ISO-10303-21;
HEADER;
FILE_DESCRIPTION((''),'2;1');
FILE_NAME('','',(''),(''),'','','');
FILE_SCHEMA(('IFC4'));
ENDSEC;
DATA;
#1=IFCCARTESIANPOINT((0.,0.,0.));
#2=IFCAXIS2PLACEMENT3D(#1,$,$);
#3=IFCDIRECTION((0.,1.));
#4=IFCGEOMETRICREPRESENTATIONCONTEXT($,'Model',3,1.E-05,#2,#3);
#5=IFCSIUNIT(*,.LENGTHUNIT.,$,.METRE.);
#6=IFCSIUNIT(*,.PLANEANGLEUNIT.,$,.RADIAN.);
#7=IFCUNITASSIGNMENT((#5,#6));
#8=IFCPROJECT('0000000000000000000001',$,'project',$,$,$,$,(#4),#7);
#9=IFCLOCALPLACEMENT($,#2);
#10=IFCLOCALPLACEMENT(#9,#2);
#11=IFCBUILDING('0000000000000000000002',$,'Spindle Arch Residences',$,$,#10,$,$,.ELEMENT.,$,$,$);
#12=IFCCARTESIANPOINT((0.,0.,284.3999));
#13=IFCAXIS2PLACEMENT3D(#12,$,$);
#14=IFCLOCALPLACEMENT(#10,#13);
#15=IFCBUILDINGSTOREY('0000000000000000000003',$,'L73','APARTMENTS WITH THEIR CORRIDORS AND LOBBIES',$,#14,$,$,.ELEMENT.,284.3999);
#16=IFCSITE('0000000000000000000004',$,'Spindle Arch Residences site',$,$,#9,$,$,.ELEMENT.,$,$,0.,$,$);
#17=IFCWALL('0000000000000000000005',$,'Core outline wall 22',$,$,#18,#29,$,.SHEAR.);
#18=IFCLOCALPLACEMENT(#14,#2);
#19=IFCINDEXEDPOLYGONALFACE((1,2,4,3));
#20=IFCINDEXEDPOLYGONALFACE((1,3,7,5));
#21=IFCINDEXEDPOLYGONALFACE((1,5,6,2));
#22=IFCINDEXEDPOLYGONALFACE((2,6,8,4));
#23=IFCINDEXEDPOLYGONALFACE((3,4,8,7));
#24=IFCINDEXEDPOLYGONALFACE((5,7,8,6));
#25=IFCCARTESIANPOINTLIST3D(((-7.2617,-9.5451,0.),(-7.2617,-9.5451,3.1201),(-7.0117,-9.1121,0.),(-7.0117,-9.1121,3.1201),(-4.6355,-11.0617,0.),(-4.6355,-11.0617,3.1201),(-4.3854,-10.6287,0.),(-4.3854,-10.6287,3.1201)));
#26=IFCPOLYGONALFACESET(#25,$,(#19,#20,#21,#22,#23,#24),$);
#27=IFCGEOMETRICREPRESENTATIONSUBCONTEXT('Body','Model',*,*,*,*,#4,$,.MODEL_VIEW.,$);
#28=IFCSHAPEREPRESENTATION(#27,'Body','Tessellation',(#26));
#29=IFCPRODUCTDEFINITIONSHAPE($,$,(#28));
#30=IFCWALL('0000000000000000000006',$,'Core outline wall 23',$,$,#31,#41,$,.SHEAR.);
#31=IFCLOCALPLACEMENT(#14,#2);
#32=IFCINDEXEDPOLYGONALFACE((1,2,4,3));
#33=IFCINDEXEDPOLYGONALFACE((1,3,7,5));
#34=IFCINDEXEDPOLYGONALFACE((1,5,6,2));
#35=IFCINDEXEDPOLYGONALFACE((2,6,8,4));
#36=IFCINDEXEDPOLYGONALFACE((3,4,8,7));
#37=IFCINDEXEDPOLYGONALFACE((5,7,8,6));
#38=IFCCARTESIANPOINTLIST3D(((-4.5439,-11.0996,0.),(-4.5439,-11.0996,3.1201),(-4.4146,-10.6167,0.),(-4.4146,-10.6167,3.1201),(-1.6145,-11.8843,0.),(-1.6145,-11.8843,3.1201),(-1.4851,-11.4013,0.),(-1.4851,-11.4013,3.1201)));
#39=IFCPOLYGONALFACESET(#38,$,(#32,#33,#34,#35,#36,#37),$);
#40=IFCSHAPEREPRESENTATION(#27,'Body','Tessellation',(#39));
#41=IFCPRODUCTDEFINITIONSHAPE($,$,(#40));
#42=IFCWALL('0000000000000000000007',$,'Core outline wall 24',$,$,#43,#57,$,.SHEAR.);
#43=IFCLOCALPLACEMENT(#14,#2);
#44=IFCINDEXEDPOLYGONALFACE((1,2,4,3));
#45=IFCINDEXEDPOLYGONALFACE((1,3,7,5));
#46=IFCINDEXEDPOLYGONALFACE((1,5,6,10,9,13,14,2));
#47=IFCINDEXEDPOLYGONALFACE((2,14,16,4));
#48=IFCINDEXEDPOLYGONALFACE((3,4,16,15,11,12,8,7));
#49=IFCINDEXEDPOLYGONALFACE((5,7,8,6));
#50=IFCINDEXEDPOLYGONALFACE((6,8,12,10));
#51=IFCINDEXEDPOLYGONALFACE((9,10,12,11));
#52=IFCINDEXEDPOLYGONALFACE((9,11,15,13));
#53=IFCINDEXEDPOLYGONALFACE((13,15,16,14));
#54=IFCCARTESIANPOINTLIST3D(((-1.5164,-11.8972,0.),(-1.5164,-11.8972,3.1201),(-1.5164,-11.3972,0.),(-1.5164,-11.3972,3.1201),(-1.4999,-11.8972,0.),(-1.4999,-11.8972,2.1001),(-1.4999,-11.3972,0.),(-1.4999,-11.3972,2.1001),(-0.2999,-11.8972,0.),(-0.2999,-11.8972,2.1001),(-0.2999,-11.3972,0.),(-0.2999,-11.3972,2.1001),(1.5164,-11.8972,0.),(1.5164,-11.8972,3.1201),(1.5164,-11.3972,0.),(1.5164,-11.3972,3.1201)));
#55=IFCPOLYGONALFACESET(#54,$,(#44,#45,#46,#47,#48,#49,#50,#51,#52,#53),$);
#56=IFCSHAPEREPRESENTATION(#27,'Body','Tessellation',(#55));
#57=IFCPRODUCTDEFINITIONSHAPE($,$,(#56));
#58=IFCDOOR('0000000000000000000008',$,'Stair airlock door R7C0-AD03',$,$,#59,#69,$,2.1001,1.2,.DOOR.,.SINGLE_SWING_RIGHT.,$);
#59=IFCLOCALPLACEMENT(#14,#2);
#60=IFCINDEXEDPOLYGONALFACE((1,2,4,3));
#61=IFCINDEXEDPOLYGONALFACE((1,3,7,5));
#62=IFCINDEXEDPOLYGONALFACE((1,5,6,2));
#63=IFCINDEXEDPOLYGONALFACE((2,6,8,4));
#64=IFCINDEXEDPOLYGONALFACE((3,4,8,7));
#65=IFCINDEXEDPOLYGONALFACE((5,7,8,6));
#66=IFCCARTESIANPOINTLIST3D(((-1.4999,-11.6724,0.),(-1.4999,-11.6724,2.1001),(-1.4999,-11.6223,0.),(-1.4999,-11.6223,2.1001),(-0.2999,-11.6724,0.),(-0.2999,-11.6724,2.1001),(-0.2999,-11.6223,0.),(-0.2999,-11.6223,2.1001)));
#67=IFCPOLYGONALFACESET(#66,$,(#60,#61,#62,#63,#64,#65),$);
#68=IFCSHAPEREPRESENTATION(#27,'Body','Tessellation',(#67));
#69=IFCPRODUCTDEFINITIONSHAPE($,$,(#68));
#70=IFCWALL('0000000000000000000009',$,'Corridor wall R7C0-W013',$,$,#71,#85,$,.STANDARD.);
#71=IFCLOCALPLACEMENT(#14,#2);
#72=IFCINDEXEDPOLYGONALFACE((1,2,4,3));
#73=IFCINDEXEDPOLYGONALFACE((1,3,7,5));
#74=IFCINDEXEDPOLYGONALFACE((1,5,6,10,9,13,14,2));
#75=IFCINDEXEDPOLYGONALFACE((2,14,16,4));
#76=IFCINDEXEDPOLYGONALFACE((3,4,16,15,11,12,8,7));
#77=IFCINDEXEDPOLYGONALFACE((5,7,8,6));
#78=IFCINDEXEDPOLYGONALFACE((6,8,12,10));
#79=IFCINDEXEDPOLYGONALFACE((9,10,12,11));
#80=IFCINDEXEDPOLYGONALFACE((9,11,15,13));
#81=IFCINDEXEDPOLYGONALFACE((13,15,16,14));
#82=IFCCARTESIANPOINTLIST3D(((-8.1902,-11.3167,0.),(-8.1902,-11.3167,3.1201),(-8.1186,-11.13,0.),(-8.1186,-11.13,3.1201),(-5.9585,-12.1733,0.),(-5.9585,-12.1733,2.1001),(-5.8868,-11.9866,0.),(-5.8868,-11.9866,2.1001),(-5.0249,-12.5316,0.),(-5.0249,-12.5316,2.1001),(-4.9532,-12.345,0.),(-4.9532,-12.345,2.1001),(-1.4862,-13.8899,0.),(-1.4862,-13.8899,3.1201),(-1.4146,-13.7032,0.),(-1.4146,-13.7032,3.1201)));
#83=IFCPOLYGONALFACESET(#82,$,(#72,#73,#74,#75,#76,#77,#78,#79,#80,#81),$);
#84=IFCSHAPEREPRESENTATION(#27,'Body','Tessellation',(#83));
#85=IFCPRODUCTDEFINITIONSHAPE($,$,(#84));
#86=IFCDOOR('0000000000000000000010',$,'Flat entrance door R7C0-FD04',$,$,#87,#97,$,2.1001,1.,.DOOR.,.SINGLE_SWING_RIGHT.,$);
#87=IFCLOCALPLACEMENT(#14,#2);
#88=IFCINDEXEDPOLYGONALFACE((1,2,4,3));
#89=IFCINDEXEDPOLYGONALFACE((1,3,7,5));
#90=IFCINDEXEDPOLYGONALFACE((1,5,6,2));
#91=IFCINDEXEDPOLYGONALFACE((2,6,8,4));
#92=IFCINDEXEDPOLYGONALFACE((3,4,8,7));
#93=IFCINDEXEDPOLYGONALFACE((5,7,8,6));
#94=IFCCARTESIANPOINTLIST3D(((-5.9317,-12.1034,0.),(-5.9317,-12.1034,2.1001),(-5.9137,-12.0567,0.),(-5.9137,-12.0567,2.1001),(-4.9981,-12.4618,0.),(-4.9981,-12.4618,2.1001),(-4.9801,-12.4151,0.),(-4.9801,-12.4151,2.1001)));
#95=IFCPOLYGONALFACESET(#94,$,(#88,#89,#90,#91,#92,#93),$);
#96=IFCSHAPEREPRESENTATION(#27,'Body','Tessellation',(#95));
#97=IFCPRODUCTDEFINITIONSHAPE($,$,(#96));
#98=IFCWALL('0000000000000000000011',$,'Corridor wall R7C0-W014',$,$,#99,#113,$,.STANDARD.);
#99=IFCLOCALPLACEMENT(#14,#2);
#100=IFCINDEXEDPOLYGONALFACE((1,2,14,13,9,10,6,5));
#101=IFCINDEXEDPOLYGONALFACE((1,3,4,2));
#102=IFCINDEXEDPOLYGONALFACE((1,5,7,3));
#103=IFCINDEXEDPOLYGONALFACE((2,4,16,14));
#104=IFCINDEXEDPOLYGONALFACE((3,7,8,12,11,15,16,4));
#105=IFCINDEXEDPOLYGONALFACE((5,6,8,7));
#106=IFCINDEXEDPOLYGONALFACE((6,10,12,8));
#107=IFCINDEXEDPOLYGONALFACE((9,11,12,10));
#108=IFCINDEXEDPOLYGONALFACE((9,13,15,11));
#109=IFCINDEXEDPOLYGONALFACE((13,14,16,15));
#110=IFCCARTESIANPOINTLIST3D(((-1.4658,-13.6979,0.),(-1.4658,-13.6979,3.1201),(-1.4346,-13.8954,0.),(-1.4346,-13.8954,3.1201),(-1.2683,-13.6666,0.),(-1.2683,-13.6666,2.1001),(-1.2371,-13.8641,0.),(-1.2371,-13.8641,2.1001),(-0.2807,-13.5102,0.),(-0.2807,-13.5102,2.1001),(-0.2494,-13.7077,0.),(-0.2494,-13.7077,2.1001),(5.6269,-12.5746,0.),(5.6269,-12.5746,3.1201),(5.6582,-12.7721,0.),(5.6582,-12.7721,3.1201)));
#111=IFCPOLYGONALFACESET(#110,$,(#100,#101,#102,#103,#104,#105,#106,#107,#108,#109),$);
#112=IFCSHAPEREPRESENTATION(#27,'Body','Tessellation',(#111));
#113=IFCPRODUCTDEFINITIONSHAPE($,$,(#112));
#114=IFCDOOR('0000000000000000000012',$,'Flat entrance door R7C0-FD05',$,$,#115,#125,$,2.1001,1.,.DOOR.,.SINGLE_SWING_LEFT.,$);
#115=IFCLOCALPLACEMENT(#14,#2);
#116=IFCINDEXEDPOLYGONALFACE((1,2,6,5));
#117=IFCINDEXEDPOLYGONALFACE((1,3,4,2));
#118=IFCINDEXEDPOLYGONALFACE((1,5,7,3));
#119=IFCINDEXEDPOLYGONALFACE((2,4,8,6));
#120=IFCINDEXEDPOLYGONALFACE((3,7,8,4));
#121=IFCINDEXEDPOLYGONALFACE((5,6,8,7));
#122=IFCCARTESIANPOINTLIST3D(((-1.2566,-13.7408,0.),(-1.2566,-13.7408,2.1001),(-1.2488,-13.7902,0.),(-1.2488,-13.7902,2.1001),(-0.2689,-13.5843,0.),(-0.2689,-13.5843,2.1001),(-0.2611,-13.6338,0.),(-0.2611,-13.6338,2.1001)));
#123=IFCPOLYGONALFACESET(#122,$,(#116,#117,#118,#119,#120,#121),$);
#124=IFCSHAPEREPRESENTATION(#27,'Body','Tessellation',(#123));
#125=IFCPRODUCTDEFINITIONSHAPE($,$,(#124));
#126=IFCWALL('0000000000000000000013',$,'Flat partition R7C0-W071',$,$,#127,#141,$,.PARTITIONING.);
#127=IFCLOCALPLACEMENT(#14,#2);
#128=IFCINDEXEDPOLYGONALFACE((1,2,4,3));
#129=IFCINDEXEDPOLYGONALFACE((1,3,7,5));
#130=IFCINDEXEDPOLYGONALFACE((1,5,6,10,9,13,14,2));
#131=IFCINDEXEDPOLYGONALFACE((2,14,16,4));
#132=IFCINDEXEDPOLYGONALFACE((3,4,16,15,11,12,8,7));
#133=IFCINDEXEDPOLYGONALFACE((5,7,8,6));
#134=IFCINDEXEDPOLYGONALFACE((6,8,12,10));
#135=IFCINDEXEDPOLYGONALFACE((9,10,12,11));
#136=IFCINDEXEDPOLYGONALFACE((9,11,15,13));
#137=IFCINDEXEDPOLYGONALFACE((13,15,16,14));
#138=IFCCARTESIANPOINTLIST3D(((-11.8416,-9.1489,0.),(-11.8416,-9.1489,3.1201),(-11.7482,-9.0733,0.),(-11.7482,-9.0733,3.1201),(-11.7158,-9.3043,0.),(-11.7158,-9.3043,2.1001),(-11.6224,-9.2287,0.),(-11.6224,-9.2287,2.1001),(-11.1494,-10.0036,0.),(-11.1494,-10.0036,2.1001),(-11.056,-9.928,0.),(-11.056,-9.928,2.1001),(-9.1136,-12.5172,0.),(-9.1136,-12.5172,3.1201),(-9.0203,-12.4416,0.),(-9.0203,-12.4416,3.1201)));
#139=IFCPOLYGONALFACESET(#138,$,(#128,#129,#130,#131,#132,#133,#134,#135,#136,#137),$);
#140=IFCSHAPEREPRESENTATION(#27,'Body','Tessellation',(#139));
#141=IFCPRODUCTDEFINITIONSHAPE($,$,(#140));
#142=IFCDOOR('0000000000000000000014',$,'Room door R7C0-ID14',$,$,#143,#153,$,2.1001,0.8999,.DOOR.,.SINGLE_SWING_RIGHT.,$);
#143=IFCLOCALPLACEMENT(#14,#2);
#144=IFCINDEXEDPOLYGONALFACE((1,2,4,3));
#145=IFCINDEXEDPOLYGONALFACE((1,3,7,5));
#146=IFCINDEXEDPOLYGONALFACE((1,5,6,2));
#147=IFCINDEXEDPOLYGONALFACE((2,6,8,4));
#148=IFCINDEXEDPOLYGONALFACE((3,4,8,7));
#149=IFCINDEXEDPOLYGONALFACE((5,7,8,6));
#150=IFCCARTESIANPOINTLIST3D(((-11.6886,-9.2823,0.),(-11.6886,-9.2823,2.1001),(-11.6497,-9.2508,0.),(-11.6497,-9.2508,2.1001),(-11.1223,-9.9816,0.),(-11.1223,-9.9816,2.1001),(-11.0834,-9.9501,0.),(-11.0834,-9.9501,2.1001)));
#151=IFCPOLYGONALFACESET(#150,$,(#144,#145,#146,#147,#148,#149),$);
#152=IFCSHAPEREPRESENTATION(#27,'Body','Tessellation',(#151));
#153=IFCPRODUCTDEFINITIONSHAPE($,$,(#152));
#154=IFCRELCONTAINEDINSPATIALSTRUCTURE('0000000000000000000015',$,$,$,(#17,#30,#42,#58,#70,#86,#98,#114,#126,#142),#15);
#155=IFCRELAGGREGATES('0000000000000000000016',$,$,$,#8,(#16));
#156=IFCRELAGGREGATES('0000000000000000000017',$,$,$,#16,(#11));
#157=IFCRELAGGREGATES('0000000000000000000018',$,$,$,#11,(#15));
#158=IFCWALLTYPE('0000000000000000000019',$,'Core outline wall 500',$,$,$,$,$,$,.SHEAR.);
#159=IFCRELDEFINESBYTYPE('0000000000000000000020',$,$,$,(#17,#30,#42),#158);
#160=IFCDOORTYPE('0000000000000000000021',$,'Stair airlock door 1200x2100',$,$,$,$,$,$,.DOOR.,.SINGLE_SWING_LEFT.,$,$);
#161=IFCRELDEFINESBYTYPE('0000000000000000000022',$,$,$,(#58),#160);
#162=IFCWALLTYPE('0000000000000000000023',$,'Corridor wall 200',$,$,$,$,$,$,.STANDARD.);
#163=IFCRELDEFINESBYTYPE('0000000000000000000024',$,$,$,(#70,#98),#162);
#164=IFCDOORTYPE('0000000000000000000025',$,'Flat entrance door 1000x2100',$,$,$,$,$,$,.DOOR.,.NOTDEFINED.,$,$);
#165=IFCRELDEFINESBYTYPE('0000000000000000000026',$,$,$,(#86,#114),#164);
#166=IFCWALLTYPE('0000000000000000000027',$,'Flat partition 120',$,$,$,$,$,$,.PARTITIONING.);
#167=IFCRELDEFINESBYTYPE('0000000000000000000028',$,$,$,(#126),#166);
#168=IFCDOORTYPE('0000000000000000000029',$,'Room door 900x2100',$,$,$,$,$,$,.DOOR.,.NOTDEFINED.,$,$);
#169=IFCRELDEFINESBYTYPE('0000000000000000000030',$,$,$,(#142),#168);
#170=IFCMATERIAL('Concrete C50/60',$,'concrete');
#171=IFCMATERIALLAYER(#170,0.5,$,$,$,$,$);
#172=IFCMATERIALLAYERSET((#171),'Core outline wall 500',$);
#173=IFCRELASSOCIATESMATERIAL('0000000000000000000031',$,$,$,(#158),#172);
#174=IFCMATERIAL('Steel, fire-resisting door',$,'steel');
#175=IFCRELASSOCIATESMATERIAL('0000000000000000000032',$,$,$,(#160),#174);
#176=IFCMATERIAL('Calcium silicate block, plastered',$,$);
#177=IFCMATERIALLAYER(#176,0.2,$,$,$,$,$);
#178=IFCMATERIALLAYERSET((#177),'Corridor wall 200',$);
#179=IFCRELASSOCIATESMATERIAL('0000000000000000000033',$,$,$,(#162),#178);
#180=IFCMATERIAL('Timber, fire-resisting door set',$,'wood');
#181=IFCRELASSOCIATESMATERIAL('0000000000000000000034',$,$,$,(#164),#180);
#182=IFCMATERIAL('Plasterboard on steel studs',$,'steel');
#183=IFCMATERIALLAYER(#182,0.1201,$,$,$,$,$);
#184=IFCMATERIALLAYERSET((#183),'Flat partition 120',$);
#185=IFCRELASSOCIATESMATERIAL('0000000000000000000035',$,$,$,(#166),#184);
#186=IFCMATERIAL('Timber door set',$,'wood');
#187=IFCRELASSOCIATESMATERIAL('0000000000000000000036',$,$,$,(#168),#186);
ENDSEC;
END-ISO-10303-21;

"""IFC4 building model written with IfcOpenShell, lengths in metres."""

from ifc_helpers import new_model, si_unit, direction, frame, frame_2d, origin, place, context, subcontext, project, spatial, rectangle, extrude, material, layer, layer_set, type_object, element, fill, save


model = new_model("IFC4")

# Units and contexts
model_context = context("Model", 3, precision=1e-05, world=origin(), true_north=direction((0.0, 1.0)))
body_context = subcontext(model_context, "Body", "Model", "MODEL_VIEW")
ifc_project = project(units=[si_unit("LENGTHUNIT", "METRE"), si_unit("PLANEANGLEUNIT", "RADIAN")], contexts=[model_context])

# Site, building, storey
site_placement = place(None, origin())
site = spatial("IfcSite", under=ifc_project, at=site_placement, Name="Spindle Arch Residences site", CompositionType="ELEMENT", RefElevation=0.0)
building_placement = place(site_placement, origin())
building = spatial("IfcBuilding", under=site, at=building_placement, Name="Spindle Arch Residences", CompositionType="ELEMENT")
storey_placement = place(building_placement, frame((0.0, 0.0, 284.3999)))
storey = spatial("IfcBuildingStorey", under=building, at=storey_placement, Name="L73", Description="APARTMENTS WITH THEIR CORRIDORS AND LOBBIES", CompositionType="ELEMENT", Elevation=284.3999)

# Walls
ifc_material_1 = material(Name="Concrete C50/60", Category="concrete")
ifc_layer_1 = layer(ifc_material_1, 0.5)
ifc_layer_set_1 = layer_set([ifc_layer_1], Name="Core outline wall 500")
wall_type_1 = type_object("IfcWallType", Name="Core outline wall 500", PredefinedType="SHEAR", material=ifc_layer_set_1)
for number, where, z_axis, x_axis, name in (
    (1, (-7.1367, -9.3286, 0.0), (0.0, 0.0, 1.0), (0.865975, -0.500087, 0.0), "Core outline wall 22"),
    (2, (-4.4792, -10.8582, 0.0), (0.0, 0.0, 1.0), (0.965948, -0.258735, 0.0), "Core outline wall 23"),
):
    element("IfcWall", number, at=place(storey_placement, frame(where, z_axis=z_axis, x_axis=x_axis)), inside=storey, type_object=wall_type_1, Name=name, PredefinedType="SHEAR", context=body_context, shape_type="SweptSolid", body=[
        extrude(rectangle(XDim=3.0327, YDim=0.5, at=frame_2d((1.5164, 0.0))), origin(), (0.0, 0.0, 1.0), 3.1201),
    ])

# Walls, openings, doors
wall_1_placement = place(storey_placement, frame((-1.5164, -11.6472, 0.0), z_axis=(0.0, 0.0, 1.0), x_axis=(1.0, 0.0, 0.0)))
wall_1 = element("IfcWall", 3, at=wall_1_placement, inside=storey, type_object=wall_type_1, Name="Core outline wall 24", PredefinedType="SHEAR", context=body_context, shape_type="SweptSolid", body=[
    extrude(rectangle(XDim=3.0327, YDim=0.5, at=frame_2d((1.5164, 0.0))), origin(), (0.0, 0.0, 1.0), 3.1201),
])
opening_1_placement = place(wall_1_placement, frame((0.0164, 0.0, 0.0)))
opening_1 = element("IfcOpeningElement", 4, at=opening_1_placement, cuts=wall_1, PredefinedType="OPENING", context=body_context, shape_type="SweptSolid", body=[
    extrude(rectangle(XDim=1.2, YDim=2.1001, at=frame_2d((0.6001, 1.05))), frame((0.0, 0.26, 0.0), z_axis=(0.0, -1.0, 0.0), x_axis=(1.0, 0.0, 0.0)), (0.0, 0.0, 1.0), 0.52),
])
ifc_material_2 = material(Name="Steel, fire-resisting door", Category="steel")
door_type_1 = type_object("IfcDoorType", Name="Stair airlock door 1200x2100", OperationType="SINGLE_SWING_LEFT", PredefinedType="DOOR", material=ifc_material_2)
door_1_placement = place(opening_1_placement, origin())
door_1 = element("IfcDoor", 5, at=door_1_placement, inside=storey, type_object=door_type_1, Name="Stair airlock door R7C0-AD03", OperationType="SINGLE_SWING_RIGHT", OverallHeight=2.1001, OverallWidth=1.2, PredefinedType="DOOR", context=body_context, shape_type="SweptSolid", body=[
    extrude(rectangle(XDim=1.2, YDim=2.1001, at=frame_2d((0.6001, 1.05))), frame((0.0, 0.0249, 0.0), z_axis=(0.0, -1.0, 0.0), x_axis=(1.0, 0.0, 0.0)), (0.0, 0.0, 1.0), 0.05),
])
fill(opening_1, door_1)
ifc_material_3 = material(Name="Calcium silicate block, plastered")
ifc_layer_2 = layer(ifc_material_3, 0.2)
ifc_layer_set_2 = layer_set([ifc_layer_2], Name="Corridor wall 200")
wall_type_2 = type_object("IfcWallType", Name="Corridor wall 200", PredefinedType="STANDARD", material=ifc_layer_set_2)
wall_2_placement = place(storey_placement, frame((-8.1543, -11.2234, 0.0), z_axis=(0.0, 0.0, 1.0), x_axis=(0.933591, -0.358341, 0.0)))
wall_2 = element("IfcWall", 6, at=wall_2_placement, inside=storey, type_object=wall_type_2, Name="Corridor wall R7C0-W013", PredefinedType="STANDARD", context=body_context, shape_type="SweptSolid", body=[
    extrude(rectangle(XDim=7.1809, YDim=0.2, at=frame_2d((3.5903, 0.0))), origin(), (0.0, 0.0, 1.0), 3.1201),
])
opening_2_placement = place(wall_2_placement, frame((2.3904, 0.0, 0.0)))
opening_2 = element("IfcOpeningElement", 7, at=opening_2_placement, cuts=wall_2, PredefinedType="OPENING", context=body_context, shape_type="SweptSolid", body=[
    extrude(rectangle(XDim=1.0, YDim=2.1001, at=frame_2d((0.5, 1.05))), frame((0.0, 0.1099, 0.0), z_axis=(0.0, -1.0, 0.0), x_axis=(1.0, 0.0, 0.0)), (0.0, 0.0, 1.0), 0.22),
])
ifc_material_4 = material(Name="Timber, fire-resisting door set", Category="wood")
door_type_2 = type_object("IfcDoorType", Name="Flat entrance door 1000x2100", OperationType="NOTDEFINED", PredefinedType="DOOR", material=ifc_material_4)
door_2_placement = place(opening_2_placement, origin())
door_2 = element("IfcDoor", 8, at=door_2_placement, inside=storey, type_object=door_type_2, Name="Flat entrance door R7C0-FD04", OperationType="SINGLE_SWING_RIGHT", OverallHeight=2.1001, OverallWidth=1.0, PredefinedType="DOOR", context=body_context, shape_type="SweptSolid", body=[
    extrude(rectangle(XDim=1.0, YDim=2.1001, at=frame_2d((0.5, 1.05))), frame((0.0, 0.0249, 0.0), z_axis=(0.0, -1.0, 0.0), x_axis=(1.0, 0.0, 0.0)), (0.0, 0.0, 1.0), 0.05),
])
fill(opening_2, door_2)
wall_3_placement = place(storey_placement, frame((-1.4502, -13.7966, 0.0), z_axis=(0.0, 0.0, 1.0), x_axis=(0.98769, 0.156422, 0.0)))
wall_3 = element("IfcWall", 9, at=wall_3_placement, inside=storey, type_object=wall_type_2, Name="Corridor wall R7C0-W014", PredefinedType="STANDARD", context=body_context, shape_type="SweptSolid", body=[
    extrude(rectangle(XDim=7.1812, YDim=0.2, at=frame_2d((3.5906, 0.0))), origin(), (0.0, 0.0, 1.0), 3.1201),
])
opening_3_placement = place(wall_3_placement, frame((0.2, 0.0, 0.0)))
opening_3 = element("IfcOpeningElement", 10, at=opening_3_placement, cuts=wall_3, PredefinedType="OPENING", context=body_context, shape_type="SweptSolid", body=[
    extrude(rectangle(XDim=1.0, YDim=2.1001, at=frame_2d((0.5, 1.05))), frame((0.0, 0.1099, 0.0), z_axis=(0.0, -1.0, 0.0), x_axis=(1.0, 0.0, 0.0)), (0.0, 0.0, 1.0), 0.22),
])
door_3_placement = place(opening_3_placement, origin())
door_3 = element("IfcDoor", 11, at=door_3_placement, inside=storey, type_object=door_type_2, Name="Flat entrance door R7C0-FD05", OperationType="SINGLE_SWING_LEFT", OverallHeight=2.1001, OverallWidth=1.0, PredefinedType="DOOR", context=body_context, shape_type="SweptSolid", body=[
    extrude(rectangle(XDim=1.0, YDim=2.1001, at=frame_2d((0.5, 1.05))), frame((0.0, 0.0249, 0.0), z_axis=(0.0, -1.0, 0.0), x_axis=(1.0, 0.0, 0.0)), (0.0, 0.0, 1.0), 0.05),
])
fill(opening_3, door_3)
ifc_material_5 = material(Name="Plasterboard on steel studs", Category="steel")
ifc_layer_3 = layer(ifc_material_5, 0.1201)
ifc_layer_set_3 = layer_set([ifc_layer_3], Name="Flat partition 120")
wall_type_3 = type_object("IfcWallType", Name="Flat partition 120", PredefinedType="PARTITIONING", material=ifc_layer_set_3)
wall_4_placement = place(storey_placement, frame((-11.7949, -9.1111, 0.0), z_axis=(0.0, 0.0, 1.0), x_axis=(0.629368, -0.777107, 0.0)))
wall_4 = element("IfcWall", 12, at=wall_4_placement, inside=storey, type_object=wall_type_3, Name="Flat partition R7C0-W071", PredefinedType="PARTITIONING", context=body_context, shape_type="SweptSolid", body=[
    extrude(rectangle(XDim=4.3345, YDim=0.1201, at=frame_2d((2.1672, 0.0))), origin(), (0.0, 0.0, 1.0), 3.1201),
])
opening_4_placement = place(wall_4_placement, frame((0.2, 0.0, 0.0)))
opening_4 = element("IfcOpeningElement", 13, at=opening_4_placement, cuts=wall_4, PredefinedType="OPENING", context=body_context, shape_type="SweptSolid", body=[
    extrude(rectangle(XDim=0.8999, YDim=2.1001, at=frame_2d((0.45, 1.05))), frame((0.0, 0.0701, 0.0), z_axis=(0.0, -1.0, 0.0), x_axis=(1.0, 0.0, 0.0)), (0.0, 0.0, 1.0), 0.1401),
])
ifc_material_6 = material(Name="Timber door set", Category="wood")
door_type_3 = type_object("IfcDoorType", Name="Room door 900x2100", OperationType="NOTDEFINED", PredefinedType="DOOR", material=ifc_material_6)
door_4_placement = place(opening_4_placement, origin())
door_4 = element("IfcDoor", 14, at=door_4_placement, inside=storey, type_object=door_type_3, Name="Room door R7C0-ID14", OperationType="SINGLE_SWING_RIGHT", OverallHeight=2.1001, OverallWidth=0.8999, PredefinedType="DOOR", context=body_context, shape_type="SweptSolid", body=[
    extrude(rectangle(XDim=0.8999, YDim=2.1001, at=frame_2d((0.45, 1.05))), frame((0.0, 0.0249, 0.0), z_axis=(0.0, -1.0, 0.0), x_axis=(1.0, 0.0, 0.0)), (0.0, 0.0, 1.0), 0.05),
])
fill(opening_4, door_4)

save(model, "model.ifc")
